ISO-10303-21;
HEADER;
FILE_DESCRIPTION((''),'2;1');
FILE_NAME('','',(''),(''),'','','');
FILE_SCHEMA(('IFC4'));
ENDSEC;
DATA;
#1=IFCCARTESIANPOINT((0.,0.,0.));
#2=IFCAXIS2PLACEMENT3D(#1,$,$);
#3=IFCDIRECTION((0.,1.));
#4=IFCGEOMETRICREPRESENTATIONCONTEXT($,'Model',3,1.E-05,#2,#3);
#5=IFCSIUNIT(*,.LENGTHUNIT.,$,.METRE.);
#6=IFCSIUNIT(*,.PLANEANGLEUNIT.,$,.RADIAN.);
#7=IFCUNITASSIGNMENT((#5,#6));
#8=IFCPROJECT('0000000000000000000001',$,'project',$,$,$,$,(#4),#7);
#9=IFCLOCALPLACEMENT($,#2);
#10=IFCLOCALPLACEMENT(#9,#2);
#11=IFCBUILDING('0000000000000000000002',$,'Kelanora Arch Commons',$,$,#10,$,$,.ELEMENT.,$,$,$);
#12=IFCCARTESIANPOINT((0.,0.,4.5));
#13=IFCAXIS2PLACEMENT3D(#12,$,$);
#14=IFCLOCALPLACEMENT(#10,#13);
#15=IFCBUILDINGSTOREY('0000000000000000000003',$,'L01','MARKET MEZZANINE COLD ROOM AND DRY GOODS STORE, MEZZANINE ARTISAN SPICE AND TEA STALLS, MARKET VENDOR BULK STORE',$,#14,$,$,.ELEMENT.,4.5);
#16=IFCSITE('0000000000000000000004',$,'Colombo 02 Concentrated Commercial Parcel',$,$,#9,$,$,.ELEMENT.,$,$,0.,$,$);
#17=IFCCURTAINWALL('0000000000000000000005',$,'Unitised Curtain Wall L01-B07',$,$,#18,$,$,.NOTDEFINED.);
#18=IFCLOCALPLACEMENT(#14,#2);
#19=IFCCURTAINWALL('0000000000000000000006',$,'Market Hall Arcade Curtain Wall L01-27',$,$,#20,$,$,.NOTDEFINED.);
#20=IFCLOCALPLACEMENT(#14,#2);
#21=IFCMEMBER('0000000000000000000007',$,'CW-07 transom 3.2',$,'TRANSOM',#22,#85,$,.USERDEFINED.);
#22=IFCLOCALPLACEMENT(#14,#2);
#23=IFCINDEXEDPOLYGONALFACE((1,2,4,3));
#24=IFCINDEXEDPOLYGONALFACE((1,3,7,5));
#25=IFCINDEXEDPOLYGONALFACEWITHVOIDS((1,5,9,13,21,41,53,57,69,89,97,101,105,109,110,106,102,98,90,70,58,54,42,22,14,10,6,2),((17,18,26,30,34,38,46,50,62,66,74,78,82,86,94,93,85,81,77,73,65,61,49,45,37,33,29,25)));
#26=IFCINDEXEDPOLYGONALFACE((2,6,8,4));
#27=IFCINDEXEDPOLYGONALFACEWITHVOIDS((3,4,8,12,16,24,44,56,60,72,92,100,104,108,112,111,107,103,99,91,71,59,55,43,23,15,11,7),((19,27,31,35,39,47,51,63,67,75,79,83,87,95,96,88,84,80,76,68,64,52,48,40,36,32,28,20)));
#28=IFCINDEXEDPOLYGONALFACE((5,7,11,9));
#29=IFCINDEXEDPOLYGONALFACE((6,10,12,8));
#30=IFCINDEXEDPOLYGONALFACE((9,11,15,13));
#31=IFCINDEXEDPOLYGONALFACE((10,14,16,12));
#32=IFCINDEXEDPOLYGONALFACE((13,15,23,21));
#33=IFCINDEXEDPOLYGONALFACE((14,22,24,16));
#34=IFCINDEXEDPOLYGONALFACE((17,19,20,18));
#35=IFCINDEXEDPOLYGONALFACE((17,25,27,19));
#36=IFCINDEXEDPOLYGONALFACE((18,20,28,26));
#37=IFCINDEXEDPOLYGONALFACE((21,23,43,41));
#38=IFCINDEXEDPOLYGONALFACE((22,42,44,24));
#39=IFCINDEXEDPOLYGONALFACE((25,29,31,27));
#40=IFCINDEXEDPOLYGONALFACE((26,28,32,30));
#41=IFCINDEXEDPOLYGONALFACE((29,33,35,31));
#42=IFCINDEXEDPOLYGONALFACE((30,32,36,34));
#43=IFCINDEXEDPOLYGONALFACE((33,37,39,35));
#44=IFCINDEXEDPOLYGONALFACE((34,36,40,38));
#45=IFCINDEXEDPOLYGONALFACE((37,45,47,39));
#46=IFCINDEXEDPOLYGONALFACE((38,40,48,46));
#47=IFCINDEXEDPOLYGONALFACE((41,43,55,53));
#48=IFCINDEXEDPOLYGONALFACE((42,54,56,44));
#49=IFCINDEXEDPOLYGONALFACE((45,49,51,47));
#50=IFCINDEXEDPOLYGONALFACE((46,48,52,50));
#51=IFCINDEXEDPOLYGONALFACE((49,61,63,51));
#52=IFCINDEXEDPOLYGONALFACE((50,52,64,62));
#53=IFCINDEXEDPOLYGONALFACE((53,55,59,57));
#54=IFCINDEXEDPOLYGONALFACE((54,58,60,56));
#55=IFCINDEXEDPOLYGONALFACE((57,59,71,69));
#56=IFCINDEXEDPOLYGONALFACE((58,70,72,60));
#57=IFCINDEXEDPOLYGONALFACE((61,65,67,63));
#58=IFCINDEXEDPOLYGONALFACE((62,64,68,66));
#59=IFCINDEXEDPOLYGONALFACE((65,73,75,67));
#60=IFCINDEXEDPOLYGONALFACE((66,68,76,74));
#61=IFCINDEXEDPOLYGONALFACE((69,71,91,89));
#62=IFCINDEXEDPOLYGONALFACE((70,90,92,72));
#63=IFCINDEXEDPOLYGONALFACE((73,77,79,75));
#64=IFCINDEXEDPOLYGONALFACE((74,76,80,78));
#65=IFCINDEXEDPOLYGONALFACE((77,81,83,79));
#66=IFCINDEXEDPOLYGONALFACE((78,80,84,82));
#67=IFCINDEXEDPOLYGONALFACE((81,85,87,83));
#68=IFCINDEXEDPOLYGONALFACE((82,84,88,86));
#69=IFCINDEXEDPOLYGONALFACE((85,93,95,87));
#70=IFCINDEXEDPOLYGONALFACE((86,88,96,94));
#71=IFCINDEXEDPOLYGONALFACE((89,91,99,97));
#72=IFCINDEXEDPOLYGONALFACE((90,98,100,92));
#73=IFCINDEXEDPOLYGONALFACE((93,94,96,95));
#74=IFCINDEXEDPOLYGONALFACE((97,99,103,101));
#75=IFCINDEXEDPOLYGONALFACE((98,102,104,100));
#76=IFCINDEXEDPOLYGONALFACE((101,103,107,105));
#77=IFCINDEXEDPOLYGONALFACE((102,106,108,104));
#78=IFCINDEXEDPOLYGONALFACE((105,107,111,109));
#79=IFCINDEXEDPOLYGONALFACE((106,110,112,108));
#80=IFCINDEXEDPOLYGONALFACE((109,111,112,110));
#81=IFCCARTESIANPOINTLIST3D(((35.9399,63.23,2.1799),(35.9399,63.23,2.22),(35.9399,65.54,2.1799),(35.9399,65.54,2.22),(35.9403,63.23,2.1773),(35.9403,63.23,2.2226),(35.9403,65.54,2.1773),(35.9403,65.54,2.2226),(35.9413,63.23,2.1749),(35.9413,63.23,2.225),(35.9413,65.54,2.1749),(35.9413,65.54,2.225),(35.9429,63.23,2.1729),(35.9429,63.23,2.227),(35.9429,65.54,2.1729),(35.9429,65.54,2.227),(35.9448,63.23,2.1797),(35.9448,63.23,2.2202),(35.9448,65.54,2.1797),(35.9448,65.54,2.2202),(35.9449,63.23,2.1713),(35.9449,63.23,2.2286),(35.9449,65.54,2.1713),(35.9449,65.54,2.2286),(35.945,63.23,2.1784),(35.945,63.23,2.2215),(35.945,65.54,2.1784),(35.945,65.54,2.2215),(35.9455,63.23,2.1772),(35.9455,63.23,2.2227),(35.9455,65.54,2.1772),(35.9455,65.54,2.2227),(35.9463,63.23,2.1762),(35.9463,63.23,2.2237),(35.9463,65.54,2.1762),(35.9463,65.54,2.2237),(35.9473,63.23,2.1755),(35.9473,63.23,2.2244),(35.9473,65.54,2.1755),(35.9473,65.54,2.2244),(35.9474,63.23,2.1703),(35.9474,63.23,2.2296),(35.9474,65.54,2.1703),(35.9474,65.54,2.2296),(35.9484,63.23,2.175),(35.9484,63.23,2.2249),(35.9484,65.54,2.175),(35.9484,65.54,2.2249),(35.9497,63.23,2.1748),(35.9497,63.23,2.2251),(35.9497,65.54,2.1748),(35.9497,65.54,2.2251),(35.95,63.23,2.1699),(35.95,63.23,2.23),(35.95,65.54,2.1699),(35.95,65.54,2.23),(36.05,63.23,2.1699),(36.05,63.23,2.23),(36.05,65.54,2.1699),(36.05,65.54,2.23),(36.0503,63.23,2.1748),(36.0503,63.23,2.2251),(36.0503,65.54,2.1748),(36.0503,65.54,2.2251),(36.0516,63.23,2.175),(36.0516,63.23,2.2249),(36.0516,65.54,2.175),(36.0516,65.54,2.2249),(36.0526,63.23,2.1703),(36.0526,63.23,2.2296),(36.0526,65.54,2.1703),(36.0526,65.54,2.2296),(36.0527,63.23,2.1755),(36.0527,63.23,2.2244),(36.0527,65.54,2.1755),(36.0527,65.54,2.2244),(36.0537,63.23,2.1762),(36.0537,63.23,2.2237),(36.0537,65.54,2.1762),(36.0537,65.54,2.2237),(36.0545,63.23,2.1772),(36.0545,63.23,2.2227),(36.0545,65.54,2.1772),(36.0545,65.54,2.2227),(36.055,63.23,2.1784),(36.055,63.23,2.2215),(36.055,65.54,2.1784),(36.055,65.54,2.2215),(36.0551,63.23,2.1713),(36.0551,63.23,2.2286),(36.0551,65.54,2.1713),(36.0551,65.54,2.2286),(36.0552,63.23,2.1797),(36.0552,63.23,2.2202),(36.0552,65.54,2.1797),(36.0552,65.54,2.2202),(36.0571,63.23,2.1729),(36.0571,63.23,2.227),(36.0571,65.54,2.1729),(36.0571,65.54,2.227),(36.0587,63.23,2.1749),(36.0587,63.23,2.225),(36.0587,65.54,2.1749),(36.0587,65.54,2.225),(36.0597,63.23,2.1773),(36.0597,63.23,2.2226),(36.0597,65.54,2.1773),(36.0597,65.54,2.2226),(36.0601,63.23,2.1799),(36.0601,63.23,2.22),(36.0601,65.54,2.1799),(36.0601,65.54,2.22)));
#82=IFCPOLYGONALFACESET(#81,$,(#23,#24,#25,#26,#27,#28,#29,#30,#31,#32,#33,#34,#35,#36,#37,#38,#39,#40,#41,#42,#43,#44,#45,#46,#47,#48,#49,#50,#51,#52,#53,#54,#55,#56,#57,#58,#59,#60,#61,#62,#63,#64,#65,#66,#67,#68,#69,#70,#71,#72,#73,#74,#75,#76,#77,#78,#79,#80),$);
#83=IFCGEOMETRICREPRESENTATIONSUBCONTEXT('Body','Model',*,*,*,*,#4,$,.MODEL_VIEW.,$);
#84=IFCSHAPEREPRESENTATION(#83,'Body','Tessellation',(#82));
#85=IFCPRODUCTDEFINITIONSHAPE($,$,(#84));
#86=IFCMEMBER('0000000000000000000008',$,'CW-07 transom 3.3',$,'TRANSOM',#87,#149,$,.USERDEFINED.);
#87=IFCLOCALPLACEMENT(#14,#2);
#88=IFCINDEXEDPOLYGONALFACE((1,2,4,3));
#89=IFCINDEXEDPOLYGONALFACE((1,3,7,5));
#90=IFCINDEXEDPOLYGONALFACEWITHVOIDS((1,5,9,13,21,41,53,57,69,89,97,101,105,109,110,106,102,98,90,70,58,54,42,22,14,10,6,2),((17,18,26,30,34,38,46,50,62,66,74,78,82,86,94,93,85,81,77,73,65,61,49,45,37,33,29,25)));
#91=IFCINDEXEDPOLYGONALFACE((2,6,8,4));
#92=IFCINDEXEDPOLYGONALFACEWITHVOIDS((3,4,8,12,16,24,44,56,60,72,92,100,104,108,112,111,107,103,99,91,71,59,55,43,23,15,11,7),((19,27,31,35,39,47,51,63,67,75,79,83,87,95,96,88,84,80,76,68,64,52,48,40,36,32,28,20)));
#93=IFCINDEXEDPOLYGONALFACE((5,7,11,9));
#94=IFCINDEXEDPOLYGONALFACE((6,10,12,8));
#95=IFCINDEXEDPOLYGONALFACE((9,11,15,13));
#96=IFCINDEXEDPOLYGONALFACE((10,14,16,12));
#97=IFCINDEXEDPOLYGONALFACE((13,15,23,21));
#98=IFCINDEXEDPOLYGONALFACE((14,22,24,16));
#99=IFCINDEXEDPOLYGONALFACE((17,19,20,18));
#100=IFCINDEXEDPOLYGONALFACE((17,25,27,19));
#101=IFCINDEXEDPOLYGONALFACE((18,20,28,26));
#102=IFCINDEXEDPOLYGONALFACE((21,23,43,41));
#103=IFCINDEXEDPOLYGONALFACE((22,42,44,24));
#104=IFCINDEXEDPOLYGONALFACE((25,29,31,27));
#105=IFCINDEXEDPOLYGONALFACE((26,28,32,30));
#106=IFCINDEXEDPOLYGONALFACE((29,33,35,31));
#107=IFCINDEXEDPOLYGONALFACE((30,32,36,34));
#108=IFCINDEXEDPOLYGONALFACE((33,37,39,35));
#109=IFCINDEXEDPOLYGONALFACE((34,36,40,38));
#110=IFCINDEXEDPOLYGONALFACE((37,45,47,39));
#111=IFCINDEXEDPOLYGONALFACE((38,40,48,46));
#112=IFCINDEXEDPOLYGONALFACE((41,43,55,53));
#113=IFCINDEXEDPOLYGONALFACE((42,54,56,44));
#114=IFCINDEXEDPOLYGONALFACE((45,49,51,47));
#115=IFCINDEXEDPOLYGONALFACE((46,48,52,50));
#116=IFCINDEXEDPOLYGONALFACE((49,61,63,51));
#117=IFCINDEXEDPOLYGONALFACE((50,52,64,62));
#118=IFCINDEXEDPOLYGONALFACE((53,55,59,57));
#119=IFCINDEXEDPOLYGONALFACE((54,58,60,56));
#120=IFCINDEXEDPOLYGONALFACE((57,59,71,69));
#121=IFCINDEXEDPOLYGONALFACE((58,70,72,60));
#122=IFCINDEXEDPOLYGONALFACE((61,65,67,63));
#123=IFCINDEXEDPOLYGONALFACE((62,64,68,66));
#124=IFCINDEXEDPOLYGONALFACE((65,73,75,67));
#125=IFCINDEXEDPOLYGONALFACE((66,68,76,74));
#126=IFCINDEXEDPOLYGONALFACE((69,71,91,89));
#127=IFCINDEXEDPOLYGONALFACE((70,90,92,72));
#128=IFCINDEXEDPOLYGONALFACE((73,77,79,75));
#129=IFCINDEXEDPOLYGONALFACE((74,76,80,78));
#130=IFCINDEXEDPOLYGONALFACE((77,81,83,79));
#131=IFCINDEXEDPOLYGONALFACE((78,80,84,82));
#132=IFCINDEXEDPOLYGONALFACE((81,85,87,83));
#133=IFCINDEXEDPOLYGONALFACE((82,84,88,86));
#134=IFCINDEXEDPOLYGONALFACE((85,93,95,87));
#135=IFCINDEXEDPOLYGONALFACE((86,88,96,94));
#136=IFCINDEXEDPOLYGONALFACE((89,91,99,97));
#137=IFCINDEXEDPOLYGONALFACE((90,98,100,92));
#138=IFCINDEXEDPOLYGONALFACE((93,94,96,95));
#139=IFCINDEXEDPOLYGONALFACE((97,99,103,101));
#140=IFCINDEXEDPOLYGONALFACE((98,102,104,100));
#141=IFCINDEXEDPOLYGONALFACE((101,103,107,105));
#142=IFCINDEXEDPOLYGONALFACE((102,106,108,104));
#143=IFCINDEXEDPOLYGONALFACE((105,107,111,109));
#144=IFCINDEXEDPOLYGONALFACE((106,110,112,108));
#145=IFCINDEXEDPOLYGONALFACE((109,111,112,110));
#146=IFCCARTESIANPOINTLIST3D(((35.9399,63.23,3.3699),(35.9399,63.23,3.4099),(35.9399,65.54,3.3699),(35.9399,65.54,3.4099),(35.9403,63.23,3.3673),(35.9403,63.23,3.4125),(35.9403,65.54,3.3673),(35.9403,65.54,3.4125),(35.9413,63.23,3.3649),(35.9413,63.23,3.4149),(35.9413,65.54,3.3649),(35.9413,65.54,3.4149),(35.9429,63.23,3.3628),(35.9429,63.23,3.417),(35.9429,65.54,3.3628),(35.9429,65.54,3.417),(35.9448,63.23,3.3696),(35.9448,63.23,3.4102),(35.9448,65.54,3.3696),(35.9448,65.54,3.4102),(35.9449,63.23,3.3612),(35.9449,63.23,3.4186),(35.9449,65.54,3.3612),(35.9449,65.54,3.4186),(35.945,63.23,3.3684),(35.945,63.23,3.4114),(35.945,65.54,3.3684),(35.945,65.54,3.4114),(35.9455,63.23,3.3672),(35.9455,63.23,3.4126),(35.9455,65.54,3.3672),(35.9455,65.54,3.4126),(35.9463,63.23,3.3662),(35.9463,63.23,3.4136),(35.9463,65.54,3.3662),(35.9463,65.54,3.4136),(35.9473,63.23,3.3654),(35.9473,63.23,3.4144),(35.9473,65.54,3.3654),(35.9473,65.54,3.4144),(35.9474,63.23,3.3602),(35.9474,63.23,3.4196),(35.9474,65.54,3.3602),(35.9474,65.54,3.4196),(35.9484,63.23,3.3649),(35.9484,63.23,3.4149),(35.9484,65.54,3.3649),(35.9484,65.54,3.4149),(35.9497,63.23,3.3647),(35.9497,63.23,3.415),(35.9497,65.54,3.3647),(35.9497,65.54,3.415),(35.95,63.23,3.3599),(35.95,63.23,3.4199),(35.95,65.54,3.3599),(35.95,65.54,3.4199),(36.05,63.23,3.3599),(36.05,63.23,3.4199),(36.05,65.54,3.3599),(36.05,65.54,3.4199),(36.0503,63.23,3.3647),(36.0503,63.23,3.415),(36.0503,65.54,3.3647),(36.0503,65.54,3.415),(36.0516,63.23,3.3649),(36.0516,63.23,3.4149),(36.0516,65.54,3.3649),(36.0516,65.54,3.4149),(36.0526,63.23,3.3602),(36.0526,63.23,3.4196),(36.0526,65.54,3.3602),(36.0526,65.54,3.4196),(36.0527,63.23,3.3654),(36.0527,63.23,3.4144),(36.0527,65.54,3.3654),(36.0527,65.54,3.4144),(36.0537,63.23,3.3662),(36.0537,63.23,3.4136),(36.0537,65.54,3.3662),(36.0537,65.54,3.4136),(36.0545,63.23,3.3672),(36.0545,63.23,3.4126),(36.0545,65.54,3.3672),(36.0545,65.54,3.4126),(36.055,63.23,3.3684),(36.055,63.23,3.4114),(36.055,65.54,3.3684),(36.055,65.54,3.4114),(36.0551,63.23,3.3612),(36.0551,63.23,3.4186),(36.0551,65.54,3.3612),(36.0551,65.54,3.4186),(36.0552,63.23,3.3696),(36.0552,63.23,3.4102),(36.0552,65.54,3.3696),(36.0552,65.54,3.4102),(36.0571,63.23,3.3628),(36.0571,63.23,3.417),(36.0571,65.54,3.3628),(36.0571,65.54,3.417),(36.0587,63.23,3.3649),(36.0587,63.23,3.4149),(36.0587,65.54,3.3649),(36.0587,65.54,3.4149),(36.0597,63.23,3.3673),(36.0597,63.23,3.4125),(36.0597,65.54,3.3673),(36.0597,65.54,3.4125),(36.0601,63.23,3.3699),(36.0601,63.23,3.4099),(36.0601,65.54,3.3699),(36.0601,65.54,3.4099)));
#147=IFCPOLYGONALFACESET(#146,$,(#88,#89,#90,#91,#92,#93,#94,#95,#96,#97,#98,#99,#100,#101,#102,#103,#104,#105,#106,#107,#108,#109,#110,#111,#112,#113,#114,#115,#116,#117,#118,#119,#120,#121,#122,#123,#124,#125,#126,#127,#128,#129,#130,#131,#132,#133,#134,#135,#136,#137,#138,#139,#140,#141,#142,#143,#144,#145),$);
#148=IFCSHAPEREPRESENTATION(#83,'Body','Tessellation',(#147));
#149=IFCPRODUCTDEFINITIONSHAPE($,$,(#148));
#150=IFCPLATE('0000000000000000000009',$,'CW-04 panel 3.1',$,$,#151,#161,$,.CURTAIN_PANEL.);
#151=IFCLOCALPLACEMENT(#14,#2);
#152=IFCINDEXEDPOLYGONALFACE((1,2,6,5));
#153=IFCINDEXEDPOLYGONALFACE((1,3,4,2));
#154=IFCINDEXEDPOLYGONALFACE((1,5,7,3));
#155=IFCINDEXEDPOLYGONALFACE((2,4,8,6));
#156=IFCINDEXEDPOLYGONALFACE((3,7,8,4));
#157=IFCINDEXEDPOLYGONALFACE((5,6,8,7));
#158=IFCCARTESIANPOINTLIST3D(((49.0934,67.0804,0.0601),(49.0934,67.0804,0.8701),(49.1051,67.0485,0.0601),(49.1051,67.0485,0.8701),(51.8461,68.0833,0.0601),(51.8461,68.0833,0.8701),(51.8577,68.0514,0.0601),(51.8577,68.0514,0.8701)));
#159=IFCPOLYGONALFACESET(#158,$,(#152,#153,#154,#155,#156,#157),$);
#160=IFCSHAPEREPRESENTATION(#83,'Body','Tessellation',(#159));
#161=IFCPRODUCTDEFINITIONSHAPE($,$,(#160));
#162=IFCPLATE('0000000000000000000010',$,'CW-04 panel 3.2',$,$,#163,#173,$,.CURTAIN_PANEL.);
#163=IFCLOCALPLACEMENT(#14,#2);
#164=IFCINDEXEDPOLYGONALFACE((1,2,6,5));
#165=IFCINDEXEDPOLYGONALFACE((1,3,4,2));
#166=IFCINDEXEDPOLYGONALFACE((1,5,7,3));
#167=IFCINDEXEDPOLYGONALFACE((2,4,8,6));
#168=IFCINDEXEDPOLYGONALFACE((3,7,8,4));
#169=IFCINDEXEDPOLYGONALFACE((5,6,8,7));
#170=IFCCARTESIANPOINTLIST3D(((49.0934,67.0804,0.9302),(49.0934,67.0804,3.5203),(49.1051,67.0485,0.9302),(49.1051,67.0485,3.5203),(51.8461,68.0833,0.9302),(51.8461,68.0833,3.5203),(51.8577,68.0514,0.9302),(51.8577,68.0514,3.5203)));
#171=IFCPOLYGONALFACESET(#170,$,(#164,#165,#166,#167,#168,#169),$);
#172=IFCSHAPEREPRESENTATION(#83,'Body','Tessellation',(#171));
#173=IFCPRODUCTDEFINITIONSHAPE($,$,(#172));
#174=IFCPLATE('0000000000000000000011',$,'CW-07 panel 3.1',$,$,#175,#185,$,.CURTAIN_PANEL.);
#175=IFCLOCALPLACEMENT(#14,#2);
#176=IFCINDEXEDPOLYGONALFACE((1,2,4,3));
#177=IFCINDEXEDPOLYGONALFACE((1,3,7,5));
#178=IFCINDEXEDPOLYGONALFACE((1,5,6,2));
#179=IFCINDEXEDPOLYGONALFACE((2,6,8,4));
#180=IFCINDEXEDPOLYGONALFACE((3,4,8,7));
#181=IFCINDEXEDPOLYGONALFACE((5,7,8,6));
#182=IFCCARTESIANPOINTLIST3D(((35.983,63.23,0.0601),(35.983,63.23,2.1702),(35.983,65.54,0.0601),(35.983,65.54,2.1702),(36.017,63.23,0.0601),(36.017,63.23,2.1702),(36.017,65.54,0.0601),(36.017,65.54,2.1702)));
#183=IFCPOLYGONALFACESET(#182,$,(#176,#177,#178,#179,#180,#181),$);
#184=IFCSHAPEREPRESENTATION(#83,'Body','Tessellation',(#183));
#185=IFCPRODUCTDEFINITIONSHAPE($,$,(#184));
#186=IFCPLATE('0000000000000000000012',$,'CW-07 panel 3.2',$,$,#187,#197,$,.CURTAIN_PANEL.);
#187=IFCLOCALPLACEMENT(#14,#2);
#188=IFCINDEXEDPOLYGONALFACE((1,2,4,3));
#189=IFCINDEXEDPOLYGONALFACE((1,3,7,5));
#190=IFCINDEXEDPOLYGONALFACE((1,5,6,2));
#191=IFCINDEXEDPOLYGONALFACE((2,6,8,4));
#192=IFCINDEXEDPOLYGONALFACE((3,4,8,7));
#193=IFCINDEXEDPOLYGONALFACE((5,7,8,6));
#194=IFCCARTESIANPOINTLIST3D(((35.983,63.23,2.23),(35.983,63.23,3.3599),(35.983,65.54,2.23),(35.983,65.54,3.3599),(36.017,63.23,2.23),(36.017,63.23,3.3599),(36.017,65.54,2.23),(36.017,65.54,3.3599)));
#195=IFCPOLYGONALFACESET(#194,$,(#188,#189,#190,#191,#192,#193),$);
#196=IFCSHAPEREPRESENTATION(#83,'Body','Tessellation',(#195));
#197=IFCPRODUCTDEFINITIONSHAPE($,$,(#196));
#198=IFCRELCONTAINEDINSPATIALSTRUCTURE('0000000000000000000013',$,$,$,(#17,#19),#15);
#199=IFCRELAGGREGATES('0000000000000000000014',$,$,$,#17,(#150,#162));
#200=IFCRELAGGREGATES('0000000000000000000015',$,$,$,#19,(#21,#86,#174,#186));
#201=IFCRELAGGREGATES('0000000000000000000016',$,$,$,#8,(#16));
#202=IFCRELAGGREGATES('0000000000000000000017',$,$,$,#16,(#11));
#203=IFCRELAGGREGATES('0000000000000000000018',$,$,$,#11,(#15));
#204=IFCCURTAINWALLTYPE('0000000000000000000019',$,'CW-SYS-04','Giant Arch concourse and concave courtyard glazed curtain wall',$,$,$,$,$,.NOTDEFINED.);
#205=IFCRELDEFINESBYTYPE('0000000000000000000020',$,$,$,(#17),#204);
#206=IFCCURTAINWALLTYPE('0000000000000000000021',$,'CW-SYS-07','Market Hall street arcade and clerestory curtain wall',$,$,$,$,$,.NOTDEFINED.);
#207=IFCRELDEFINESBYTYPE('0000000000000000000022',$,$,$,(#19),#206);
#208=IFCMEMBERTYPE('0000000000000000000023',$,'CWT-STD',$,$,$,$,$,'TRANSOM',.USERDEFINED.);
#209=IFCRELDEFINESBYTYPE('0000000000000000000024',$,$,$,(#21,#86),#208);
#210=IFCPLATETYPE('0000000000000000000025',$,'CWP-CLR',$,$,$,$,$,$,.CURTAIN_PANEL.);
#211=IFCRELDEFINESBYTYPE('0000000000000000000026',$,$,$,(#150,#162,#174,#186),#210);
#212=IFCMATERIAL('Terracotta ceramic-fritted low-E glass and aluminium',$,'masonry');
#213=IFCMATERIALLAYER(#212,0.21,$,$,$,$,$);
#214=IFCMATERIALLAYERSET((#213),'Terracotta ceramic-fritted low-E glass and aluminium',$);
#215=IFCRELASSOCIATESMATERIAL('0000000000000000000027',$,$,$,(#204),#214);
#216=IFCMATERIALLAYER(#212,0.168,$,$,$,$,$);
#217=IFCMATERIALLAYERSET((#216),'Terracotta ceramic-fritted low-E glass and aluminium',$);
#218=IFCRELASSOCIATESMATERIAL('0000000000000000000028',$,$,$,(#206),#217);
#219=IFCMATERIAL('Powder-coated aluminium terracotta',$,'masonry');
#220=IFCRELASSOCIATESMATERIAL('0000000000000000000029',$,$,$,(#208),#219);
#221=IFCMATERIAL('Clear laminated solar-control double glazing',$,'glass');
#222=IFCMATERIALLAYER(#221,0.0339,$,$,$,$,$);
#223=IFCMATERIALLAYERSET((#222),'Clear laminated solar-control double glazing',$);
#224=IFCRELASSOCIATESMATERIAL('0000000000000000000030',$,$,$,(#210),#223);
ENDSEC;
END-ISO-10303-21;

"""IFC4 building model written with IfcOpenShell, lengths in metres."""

from ifc_helpers import new_model, si_unit, direction, frame, origin, origin_2d, place, context, subcontext, project, spatial, rectangle, hollow_rectangle, extrude, source, transform, mapped, material, layer, layer_set, material_profile, profile_set, type_object, element, aggregate, save


model = new_model("IFC4")

# Units and contexts
model_context = context("Model", 3, precision=1e-05, world=origin(), true_north=direction((0.0, 1.0)))
body_context = subcontext(model_context, "Body", "Model", "MODEL_VIEW")
ifc_project = project(units=[si_unit("LENGTHUNIT", "METRE"), si_unit("PLANEANGLEUNIT", "RADIAN")], contexts=[model_context])

# Site, building, storey
site_placement = place(None, origin())
site = spatial("IfcSite", under=ifc_project, at=site_placement, Name="Colombo 02 Concentrated Commercial Parcel", CompositionType="ELEMENT", RefElevation=0.0)
building_placement = place(site_placement, origin())
building = spatial("IfcBuilding", under=site, at=building_placement, Name="Kelanora Arch Commons", CompositionType="ELEMENT")
storey_placement = place(building_placement, frame((0.0, 0.0, 4.5)))
storey = spatial("IfcBuildingStorey", under=building, at=storey_placement, Name="L01", Description="MARKET MEZZANINE COLD ROOM AND DRY GOODS STORE, MEZZANINE ARTISAN SPICE AND TEA STALLS, MARKET VENDOR BULK STORE", CompositionType="ELEMENT", Elevation=4.5)

# Curtain walls
ifc_material_1 = material(Name="Terracotta ceramic-fritted low-E glass and aluminium", Category="masonry")
ifc_layer_1 = layer(ifc_material_1, 0.21)
ifc_layer_set_1 = layer_set([ifc_layer_1], Name="Terracotta ceramic-fritted low-E glass and aluminium")
curtain_wall_type_1 = type_object("IfcCurtainWallType", Name="CW-SYS-04", Description="Giant Arch concourse and concave courtyard glazed curtain wall", PredefinedType="NOTDEFINED", material=ifc_layer_set_1)
curtain_wall_1_placement = place(storey_placement, origin())
curtain_wall_1 = element("IfcCurtainWall", 1, at=curtain_wall_1_placement, inside=storey, type_object=curtain_wall_type_1, Name="Unitised Curtain Wall L01-B07", PredefinedType="NOTDEFINED")
ifc_material_2 = material(Name="Powder-coated aluminium terracotta", Category="masonry")
ifc_layer_2 = layer(ifc_material_1, 0.168)
ifc_layer_set_2 = layer_set([ifc_layer_2], Name="Terracotta ceramic-fritted low-E glass and aluminium")
curtain_wall_type_2 = type_object("IfcCurtainWallType", Name="CW-SYS-07", Description="Market Hall street arcade and clerestory curtain wall", PredefinedType="NOTDEFINED", material=ifc_layer_set_2)
curtain_wall_2_placement = place(storey_placement, origin())
curtain_wall_2 = element("IfcCurtainWall", 2, at=curtain_wall_2_placement, inside=storey, type_object=curtain_wall_type_2, Name="Market Hall Arcade Curtain Wall L01-27", PredefinedType="NOTDEFINED")

# Members
ifc_material_profile_1 = material_profile(ifc_material_2, hollow_rectangle(XDim=0.1201, YDim=0.0601, WallThickness=0.0049, InnerFilletRadius=0.0049, OuterFilletRadius=0.01, at=origin_2d()), Name="CWT120x60")
ifc_profile_set_1 = profile_set([ifc_material_profile_1], Name="Powder-coated aluminium terracotta")
member_type_1 = type_object("IfcMemberType", Name="CWT-STD", ElementType="TRANSOM", PredefinedType="USERDEFINED", material=ifc_profile_set_1)
member_1_placement = place(storey_placement, frame((36.0, 63.23, 2.2), z_axis=(0.0, 1.0, 0.0), x_axis=(-1.0, 0.0, 0.0)))
member_1 = element("IfcMember", 3, at=member_1_placement, type_object=member_type_1, Name="CW-07 transom 3.2", ObjectType="TRANSOM", PredefinedType="USERDEFINED", context=body_context, shape_type="SweptSolid", body=[
    extrude(hollow_rectangle(XDim=0.1201, YDim=0.0601, WallThickness=0.0049, InnerFilletRadius=0.0049, OuterFilletRadius=0.01, at=origin_2d()), origin(), (0.0, 0.0, 1.0), 2.3101),
])
member_2_placement = place(storey_placement, frame((36.0, 63.23, 3.3899), z_axis=(0.0, 1.0, 0.0), x_axis=(-1.0, 0.0, 0.0)))
member_2 = element("IfcMember", 4, at=member_2_placement, type_object=member_type_1, Name="CW-07 transom 3.3", ObjectType="TRANSOM", PredefinedType="USERDEFINED", context=body_context, shape_type="SweptSolid", body=[
    extrude(hollow_rectangle(XDim=0.1201, YDim=0.0601, WallThickness=0.0049, InnerFilletRadius=0.0049, OuterFilletRadius=0.01, at=origin_2d()), origin(), (0.0, 0.0, 1.0), 2.3101),
])

# Plates
ifc_material_3 = material(Name="Clear laminated solar-control double glazing", Category="glass")
ifc_layer_3 = layer(ifc_material_3, 0.0339)
ifc_layer_set_3 = layer_set([ifc_layer_3], Name="Clear laminated solar-control double glazing")
plate_type = type_object("IfcPlateType", Name="CWP-CLR", PredefinedType="CURTAIN_PANEL", material=ifc_layer_set_3)
shared_shape_1 = source(origin(), body_context, "Body", "SweptSolid", [
    extrude(rectangle(XDim=2.9297, YDim=0.0339, at=origin_2d()), origin(), (0.0, 0.0, 1.0), 0.8101),
])
plate_1_placement = place(storey_placement, frame((50.4756, 67.5659, 0.0601), z_axis=(0.0, 0.0, 1.0), x_axis=(-0.939584, -0.342318, 0.0)))
plate_1 = element("IfcPlate", 5, at=plate_1_placement, type_object=plate_type, Name="CW-04 panel 3.1", PredefinedType="CURTAIN_PANEL", context=body_context, shape_type="MappedRepresentation", body=[
    mapped(shared_shape_1, transform((0.0, 0.0, 0.0), scale=1.0)),
])
shared_shape_2 = source(origin(), body_context, "Body", "SweptSolid", [
    extrude(rectangle(XDim=2.9297, YDim=0.0339, at=origin_2d()), origin(), (0.0, 0.0, 1.0), 2.5901),
])
plate_2_placement = place(storey_placement, frame((50.4756, 67.5659, 0.9302), z_axis=(0.0, 0.0, 1.0), x_axis=(-0.939584, -0.342318, 0.0)))
plate_2 = element("IfcPlate", 6, at=plate_2_placement, type_object=plate_type, Name="CW-04 panel 3.2", PredefinedType="CURTAIN_PANEL", context=body_context, shape_type="MappedRepresentation", body=[
    mapped(shared_shape_2, transform((0.0, 0.0, 0.0), scale=1.0)),
])
aggregate(curtain_wall_1, [plate_1, plate_2])
shared_shape_3 = source(origin(), body_context, "Body", "SweptSolid", [
    extrude(rectangle(XDim=2.3101, YDim=0.0339, at=origin_2d()), origin(), (0.0, 0.0, 1.0), 2.1101),
])
plate_3_placement = place(storey_placement, frame((36.0, 64.385, 0.0601), z_axis=(0.0, 0.0, 1.0), x_axis=(0.0, 1.0, 0.0)))
plate_3 = element("IfcPlate", 7, at=plate_3_placement, type_object=plate_type, Name="CW-07 panel 3.1", PredefinedType="CURTAIN_PANEL", context=body_context, shape_type="MappedRepresentation", body=[
    mapped(shared_shape_3, transform((0.0, 0.0, 0.0), scale=1.0)),
])
shared_shape_4 = source(origin(), body_context, "Body", "SweptSolid", [
    extrude(rectangle(XDim=2.3101, YDim=0.0339, at=origin_2d()), origin(), (0.0, 0.0, 1.0), 1.1299),
])
plate_4_placement = place(storey_placement, frame((36.0, 64.385, 2.23), z_axis=(0.0, 0.0, 1.0), x_axis=(0.0, 1.0, 0.0)))
plate_4 = element("IfcPlate", 8, at=plate_4_placement, type_object=plate_type, Name="CW-07 panel 3.2", PredefinedType="CURTAIN_PANEL", context=body_context, shape_type="MappedRepresentation", body=[
    mapped(shared_shape_4, transform((0.0, 0.0, 0.0), scale=1.0)),
])
aggregate(curtain_wall_2, [member_1, member_2, plate_3, plate_4])

save(model, "model.ifc")
